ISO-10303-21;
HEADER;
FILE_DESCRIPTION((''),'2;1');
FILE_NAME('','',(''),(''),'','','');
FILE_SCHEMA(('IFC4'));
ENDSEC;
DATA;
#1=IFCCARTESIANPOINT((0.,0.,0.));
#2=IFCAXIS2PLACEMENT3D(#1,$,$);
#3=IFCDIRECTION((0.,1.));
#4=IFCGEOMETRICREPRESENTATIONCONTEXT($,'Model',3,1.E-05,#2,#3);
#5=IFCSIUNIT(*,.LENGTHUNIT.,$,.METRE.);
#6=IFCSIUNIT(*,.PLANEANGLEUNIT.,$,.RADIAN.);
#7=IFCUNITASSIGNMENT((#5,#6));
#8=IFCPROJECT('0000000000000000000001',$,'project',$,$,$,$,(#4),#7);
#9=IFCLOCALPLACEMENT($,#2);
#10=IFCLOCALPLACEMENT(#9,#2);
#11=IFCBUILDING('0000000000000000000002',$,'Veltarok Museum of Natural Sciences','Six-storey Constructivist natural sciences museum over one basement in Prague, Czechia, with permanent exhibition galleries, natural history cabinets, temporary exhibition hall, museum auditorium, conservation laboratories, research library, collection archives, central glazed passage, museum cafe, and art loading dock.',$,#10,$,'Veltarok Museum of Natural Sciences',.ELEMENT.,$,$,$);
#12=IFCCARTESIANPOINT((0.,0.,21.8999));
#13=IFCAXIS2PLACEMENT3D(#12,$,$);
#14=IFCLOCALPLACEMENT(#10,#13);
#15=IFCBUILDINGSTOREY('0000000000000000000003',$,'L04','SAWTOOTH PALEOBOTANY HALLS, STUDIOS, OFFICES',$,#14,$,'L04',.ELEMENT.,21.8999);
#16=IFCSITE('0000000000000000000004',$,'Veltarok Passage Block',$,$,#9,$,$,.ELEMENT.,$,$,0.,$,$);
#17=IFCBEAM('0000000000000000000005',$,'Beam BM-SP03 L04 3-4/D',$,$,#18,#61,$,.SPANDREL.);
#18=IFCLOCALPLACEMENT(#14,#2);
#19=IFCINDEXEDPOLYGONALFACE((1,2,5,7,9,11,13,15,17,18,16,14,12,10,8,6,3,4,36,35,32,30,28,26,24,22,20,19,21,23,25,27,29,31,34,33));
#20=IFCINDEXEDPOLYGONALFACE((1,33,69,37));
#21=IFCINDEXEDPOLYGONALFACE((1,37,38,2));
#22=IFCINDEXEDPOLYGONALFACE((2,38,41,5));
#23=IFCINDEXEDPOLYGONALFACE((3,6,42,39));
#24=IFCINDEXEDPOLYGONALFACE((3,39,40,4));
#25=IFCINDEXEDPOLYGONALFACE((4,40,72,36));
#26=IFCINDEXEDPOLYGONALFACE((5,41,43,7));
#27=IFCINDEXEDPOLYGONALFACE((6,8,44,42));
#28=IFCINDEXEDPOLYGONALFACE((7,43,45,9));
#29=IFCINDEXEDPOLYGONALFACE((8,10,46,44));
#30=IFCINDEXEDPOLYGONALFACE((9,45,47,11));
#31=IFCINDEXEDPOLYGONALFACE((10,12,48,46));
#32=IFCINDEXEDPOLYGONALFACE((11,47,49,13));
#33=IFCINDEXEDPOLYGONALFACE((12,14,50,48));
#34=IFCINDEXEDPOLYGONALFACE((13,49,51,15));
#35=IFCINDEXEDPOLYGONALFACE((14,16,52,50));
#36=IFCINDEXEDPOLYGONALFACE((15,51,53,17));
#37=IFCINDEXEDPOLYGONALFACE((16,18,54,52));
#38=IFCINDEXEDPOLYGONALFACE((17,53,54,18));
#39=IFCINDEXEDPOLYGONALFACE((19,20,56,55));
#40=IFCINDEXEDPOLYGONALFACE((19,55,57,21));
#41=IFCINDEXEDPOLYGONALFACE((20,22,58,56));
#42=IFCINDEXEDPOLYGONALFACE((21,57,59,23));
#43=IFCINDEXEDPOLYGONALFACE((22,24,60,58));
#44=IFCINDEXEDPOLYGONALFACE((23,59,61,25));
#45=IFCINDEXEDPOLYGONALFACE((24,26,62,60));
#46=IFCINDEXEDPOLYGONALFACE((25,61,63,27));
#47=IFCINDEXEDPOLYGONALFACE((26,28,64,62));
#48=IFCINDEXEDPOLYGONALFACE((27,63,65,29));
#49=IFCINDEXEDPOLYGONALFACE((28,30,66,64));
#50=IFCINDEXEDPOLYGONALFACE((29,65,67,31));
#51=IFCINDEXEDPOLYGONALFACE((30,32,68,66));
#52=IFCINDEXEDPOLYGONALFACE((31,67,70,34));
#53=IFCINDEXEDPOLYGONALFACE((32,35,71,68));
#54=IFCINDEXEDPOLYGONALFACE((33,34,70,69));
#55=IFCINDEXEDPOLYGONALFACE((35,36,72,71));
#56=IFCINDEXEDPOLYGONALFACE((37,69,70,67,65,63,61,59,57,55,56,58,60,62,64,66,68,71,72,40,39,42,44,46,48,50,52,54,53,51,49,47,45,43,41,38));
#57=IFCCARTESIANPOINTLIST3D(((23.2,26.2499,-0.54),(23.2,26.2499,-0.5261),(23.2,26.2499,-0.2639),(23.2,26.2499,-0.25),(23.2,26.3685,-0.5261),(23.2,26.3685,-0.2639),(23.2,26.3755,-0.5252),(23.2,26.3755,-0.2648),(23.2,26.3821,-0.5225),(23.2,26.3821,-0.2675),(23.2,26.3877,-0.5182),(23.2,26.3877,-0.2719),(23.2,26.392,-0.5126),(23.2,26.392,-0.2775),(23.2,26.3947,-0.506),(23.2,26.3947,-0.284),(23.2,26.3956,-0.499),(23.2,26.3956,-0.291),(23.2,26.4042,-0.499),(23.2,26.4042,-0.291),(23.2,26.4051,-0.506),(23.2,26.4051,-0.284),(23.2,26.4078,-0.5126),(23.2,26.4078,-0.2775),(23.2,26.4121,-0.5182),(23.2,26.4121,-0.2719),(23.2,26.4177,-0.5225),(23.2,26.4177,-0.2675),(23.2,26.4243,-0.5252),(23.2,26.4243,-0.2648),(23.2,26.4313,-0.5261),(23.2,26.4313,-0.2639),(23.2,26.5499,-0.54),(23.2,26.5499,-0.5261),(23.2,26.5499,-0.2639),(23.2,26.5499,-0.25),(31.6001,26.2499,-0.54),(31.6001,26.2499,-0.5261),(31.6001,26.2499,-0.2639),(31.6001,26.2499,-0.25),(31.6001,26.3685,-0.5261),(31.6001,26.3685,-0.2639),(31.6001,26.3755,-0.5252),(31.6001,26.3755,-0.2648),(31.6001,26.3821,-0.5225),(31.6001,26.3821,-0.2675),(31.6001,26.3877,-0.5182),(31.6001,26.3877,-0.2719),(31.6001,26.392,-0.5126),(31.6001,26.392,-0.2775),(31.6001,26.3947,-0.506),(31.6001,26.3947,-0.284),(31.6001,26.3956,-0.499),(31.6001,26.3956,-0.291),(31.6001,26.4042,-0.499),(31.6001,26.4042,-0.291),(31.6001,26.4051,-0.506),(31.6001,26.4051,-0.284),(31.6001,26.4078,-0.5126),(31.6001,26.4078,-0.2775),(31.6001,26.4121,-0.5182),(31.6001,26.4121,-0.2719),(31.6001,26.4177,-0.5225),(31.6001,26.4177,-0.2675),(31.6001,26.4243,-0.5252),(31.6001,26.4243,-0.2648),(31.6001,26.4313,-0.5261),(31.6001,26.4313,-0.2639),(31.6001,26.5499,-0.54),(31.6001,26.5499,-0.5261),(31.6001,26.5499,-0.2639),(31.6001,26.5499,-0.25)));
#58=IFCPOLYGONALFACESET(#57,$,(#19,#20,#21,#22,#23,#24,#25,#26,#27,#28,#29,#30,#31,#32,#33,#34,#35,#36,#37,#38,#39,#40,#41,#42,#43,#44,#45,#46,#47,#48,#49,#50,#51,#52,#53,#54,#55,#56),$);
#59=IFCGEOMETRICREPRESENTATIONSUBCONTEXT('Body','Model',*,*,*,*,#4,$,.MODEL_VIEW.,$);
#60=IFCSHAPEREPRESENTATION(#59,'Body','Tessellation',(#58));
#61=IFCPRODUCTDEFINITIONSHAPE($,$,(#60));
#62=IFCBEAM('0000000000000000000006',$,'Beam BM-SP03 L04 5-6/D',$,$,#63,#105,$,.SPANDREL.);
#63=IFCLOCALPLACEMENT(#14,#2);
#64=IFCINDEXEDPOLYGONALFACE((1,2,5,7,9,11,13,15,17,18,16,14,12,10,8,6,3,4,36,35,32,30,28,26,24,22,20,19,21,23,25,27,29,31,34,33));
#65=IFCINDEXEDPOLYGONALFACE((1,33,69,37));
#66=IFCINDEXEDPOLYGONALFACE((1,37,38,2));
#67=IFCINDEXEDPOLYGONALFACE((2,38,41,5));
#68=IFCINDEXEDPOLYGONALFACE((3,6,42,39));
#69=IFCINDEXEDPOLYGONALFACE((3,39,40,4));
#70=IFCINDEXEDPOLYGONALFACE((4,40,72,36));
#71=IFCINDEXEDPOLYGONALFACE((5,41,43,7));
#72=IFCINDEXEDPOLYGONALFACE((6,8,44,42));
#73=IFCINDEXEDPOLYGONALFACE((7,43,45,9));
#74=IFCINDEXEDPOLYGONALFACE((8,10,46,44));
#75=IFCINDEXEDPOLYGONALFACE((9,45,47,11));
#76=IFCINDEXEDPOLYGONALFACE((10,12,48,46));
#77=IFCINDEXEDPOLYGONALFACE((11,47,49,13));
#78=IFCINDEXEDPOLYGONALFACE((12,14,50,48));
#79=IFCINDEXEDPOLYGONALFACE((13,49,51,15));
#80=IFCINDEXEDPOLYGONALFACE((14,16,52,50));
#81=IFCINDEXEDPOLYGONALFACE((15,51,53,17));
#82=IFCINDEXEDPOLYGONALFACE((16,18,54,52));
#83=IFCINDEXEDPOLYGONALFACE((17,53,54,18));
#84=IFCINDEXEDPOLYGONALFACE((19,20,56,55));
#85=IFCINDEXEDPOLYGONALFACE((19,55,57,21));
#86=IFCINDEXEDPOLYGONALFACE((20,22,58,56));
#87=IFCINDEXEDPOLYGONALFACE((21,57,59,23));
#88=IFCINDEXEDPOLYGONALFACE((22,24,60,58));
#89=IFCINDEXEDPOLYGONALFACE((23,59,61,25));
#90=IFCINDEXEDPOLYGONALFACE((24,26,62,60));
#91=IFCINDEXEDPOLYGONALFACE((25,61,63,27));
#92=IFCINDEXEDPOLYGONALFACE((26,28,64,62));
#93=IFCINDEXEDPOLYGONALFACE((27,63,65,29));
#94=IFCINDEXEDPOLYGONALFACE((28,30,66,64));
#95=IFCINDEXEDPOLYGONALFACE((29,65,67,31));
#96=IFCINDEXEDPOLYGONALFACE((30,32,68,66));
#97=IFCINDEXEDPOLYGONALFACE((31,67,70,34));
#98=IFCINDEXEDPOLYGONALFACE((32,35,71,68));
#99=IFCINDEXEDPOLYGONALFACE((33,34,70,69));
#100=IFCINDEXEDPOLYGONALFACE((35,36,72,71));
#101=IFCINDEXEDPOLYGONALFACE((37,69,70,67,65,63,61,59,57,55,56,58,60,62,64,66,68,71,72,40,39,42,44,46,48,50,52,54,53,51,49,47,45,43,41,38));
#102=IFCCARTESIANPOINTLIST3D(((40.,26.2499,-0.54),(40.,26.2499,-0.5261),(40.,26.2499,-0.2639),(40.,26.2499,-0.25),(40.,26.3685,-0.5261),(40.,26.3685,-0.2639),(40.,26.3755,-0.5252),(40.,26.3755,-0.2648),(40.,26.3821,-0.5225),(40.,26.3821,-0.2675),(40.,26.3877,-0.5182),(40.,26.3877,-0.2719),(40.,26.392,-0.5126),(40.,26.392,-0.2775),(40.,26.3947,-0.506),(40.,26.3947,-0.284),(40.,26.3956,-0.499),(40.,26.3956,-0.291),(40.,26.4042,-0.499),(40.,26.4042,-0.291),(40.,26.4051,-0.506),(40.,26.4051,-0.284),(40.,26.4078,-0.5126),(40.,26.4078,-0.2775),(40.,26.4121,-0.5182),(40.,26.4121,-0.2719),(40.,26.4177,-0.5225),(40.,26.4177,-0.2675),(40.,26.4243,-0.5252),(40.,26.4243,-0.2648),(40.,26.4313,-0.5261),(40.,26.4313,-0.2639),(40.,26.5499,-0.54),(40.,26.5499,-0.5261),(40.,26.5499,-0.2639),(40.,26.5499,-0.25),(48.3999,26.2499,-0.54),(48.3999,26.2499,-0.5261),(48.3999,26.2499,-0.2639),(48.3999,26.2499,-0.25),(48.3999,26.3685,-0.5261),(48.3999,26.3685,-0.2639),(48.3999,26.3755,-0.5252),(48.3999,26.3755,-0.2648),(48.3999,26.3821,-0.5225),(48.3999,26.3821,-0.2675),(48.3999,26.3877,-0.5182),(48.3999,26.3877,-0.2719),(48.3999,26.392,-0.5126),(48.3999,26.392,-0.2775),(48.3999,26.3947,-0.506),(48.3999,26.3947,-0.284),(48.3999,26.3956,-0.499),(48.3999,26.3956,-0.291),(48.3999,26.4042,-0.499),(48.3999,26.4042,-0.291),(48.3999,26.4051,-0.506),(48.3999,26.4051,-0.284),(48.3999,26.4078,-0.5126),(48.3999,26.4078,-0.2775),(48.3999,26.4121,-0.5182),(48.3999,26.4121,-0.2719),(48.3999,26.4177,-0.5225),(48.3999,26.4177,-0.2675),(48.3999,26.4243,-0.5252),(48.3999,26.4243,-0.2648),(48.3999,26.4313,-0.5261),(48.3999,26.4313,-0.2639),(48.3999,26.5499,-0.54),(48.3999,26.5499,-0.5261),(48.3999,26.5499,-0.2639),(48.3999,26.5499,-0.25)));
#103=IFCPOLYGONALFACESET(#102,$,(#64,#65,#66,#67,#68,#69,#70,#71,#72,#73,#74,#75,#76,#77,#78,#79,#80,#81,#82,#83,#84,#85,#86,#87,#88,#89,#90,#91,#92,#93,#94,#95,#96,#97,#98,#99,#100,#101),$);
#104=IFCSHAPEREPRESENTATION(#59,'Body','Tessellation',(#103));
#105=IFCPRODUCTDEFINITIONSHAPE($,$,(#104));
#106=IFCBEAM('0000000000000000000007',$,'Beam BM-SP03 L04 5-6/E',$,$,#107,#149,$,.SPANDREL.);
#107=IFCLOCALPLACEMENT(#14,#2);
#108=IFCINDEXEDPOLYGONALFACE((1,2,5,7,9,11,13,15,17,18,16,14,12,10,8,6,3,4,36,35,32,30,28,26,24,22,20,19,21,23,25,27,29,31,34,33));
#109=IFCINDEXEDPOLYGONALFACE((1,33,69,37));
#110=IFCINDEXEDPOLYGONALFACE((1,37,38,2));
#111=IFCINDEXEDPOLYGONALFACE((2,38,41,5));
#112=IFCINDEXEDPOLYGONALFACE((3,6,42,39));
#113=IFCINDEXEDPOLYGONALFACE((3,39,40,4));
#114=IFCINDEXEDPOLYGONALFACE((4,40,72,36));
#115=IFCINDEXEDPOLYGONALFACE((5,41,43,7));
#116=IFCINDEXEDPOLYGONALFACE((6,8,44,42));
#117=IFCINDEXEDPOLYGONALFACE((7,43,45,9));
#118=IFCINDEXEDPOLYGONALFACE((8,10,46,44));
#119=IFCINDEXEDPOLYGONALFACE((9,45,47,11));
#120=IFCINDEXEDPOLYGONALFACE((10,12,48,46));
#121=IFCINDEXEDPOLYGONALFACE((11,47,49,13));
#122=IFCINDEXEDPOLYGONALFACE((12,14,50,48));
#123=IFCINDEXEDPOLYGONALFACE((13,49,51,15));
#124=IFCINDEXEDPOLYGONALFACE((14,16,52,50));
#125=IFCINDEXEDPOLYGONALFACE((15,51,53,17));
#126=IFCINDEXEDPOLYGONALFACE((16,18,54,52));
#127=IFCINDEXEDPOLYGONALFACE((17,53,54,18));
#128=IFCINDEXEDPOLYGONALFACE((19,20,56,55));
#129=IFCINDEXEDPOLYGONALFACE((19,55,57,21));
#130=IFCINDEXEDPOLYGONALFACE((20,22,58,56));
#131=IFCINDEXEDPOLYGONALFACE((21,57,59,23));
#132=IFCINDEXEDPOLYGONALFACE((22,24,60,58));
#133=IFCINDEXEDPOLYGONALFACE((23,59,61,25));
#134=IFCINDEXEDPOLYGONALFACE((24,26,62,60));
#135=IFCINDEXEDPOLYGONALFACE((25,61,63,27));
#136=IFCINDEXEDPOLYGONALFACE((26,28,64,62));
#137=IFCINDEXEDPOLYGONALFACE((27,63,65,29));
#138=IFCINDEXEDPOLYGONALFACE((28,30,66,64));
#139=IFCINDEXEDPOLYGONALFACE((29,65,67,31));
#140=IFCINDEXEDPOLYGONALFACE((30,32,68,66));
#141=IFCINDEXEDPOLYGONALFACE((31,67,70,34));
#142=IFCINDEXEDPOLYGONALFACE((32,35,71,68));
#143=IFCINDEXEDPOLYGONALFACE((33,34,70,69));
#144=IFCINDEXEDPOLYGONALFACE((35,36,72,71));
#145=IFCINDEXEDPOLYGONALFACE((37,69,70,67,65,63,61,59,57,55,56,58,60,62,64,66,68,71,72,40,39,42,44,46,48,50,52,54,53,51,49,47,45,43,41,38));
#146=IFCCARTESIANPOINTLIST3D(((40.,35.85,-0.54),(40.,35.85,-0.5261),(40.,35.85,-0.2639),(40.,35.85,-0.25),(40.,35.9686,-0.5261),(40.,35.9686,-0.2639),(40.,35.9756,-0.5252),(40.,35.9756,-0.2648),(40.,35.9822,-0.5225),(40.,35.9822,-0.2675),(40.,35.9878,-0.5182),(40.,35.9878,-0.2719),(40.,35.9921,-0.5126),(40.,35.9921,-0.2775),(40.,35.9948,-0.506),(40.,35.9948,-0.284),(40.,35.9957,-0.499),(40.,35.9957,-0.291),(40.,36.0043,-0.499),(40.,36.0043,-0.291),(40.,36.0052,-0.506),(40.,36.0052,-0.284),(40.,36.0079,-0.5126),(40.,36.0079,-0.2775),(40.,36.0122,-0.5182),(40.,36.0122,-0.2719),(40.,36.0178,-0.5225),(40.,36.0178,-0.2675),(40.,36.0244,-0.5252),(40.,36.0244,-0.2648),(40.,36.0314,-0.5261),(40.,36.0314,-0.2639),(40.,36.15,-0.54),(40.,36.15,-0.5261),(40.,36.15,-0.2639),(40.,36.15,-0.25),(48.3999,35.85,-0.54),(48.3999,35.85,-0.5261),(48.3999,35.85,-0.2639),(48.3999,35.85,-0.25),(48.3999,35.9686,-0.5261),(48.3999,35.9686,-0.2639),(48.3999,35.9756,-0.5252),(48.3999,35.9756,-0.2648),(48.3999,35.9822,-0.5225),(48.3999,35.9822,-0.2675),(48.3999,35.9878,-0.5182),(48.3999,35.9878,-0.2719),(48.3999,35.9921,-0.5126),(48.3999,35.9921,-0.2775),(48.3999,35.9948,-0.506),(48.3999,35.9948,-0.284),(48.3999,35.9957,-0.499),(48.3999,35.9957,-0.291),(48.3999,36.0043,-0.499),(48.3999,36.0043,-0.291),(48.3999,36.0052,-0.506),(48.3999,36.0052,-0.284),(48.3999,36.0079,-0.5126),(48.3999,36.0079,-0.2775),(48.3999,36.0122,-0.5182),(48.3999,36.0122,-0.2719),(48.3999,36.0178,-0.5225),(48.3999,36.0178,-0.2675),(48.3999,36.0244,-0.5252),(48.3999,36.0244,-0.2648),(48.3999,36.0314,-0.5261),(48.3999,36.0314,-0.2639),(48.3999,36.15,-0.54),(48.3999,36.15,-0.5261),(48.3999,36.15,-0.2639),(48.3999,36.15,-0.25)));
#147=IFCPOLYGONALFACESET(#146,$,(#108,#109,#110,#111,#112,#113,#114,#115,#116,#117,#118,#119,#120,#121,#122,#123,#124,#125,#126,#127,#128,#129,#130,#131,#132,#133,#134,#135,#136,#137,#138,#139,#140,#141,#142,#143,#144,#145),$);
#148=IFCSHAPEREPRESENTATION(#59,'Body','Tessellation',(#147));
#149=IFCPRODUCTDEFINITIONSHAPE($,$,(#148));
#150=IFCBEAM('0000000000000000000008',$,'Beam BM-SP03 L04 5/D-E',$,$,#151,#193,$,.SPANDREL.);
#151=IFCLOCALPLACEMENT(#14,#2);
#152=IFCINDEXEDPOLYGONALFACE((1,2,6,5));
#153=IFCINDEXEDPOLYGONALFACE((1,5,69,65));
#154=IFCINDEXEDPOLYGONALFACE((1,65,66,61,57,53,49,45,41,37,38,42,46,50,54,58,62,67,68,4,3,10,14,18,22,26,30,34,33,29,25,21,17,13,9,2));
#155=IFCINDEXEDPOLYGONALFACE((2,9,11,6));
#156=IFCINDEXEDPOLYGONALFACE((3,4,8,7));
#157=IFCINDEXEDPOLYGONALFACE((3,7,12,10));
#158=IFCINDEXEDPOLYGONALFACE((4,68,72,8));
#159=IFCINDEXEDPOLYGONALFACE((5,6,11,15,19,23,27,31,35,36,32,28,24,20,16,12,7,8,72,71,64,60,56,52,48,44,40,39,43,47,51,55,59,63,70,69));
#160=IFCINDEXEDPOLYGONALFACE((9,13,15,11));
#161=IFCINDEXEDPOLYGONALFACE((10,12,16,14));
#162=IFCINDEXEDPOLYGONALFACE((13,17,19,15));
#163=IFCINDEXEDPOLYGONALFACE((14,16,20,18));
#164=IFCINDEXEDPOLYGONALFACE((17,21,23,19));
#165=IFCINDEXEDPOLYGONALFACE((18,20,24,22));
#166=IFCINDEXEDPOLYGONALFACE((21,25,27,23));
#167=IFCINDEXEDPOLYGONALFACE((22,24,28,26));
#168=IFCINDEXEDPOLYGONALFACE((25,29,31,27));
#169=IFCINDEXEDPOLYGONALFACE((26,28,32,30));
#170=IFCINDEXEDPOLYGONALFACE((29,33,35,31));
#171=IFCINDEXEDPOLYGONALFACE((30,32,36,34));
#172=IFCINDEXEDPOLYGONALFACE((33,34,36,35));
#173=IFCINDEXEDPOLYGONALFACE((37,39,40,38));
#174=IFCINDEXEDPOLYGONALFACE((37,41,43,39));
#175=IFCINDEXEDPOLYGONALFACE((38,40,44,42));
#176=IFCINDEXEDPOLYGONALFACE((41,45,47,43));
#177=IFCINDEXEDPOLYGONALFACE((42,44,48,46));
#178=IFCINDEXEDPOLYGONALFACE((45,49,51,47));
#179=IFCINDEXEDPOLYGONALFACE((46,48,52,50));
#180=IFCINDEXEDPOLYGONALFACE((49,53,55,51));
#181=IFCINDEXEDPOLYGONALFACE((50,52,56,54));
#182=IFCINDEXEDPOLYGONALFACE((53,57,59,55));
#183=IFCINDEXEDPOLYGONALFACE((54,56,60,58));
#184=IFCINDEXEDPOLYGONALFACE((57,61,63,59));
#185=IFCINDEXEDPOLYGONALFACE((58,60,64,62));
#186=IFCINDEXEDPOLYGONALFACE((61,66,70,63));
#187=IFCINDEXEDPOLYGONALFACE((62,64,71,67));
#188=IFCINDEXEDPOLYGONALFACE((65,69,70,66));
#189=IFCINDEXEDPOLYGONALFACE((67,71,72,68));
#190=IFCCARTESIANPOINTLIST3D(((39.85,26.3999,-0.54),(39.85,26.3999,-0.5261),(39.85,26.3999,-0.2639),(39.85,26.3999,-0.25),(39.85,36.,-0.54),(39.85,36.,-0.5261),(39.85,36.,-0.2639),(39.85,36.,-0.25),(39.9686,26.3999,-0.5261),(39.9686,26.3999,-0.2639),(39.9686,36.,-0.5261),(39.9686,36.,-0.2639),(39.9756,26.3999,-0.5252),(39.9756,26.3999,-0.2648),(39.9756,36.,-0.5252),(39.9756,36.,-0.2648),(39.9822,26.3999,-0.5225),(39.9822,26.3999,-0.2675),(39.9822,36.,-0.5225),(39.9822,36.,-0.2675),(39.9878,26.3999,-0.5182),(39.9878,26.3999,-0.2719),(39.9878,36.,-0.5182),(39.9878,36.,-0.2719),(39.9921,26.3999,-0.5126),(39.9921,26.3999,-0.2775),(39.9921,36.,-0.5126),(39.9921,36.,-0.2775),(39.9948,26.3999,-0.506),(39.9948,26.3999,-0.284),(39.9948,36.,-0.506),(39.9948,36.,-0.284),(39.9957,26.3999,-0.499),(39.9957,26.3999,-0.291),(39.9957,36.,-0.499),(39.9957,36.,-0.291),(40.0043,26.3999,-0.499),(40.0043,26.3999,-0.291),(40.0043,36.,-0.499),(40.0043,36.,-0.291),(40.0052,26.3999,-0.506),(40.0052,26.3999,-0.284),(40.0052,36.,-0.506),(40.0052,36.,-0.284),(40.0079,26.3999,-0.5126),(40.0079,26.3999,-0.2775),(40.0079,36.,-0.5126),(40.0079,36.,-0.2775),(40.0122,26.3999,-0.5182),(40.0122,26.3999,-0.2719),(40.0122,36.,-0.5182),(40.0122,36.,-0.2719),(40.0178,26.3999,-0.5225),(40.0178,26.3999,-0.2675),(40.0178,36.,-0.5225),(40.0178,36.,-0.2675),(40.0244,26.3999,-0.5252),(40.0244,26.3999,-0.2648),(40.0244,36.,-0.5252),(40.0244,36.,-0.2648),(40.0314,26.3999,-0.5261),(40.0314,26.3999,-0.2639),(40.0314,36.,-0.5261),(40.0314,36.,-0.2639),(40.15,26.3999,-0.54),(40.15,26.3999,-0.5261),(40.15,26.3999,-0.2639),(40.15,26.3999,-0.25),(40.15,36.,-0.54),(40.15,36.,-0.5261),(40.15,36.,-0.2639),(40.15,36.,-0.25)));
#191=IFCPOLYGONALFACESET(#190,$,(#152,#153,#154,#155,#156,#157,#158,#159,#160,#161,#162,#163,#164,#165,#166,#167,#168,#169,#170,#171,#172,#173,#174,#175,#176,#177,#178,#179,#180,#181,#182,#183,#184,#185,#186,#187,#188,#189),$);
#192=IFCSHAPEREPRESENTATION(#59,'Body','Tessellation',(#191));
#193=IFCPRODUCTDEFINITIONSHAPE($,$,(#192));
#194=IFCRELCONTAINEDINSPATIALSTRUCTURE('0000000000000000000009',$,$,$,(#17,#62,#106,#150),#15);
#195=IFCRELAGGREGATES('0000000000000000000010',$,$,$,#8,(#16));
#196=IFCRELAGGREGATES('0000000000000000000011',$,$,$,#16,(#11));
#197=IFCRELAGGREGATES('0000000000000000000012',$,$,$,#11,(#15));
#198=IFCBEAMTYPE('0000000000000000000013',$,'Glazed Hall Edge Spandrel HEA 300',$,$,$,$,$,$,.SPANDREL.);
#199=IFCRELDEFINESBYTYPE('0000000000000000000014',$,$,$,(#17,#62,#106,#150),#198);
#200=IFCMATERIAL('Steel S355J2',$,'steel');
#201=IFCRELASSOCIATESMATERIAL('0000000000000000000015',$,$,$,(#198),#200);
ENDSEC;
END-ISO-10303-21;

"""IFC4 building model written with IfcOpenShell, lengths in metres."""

from ifc_helpers import new_model, si_unit, direction, frame, origin, origin_2d, place, context, subcontext, project, spatial, i_section, extrude, material, material_profile, profile_set, type_object, element, save


model = new_model("IFC4")

# Units and contexts
model_context = context("Model", 3, precision=1e-05, world=origin(), true_north=direction((0.0, 1.0)))
body_context = subcontext(model_context, "Body", "Model", "MODEL_VIEW")
ifc_project = project(units=[si_unit("LENGTHUNIT", "METRE"), si_unit("PLANEANGLEUNIT", "RADIAN")], contexts=[model_context])

# Site, building, storey
site_placement = place(None, origin())
site = spatial("IfcSite", under=ifc_project, at=site_placement, Name="Veltarok Passage Block", CompositionType="ELEMENT", RefElevation=0.0)
building_placement = place(site_placement, origin())
building = spatial("IfcBuilding", under=site, at=building_placement, Name="Veltarok Museum of Natural Sciences", Description="Six-storey Constructivist natural sciences museum over one basement in Prague, Czechia, with permanent exhibition galleries, natural history cabinets, temporary exhibition hall, museum auditorium, conservation laboratories, research library, collection archives, central glazed passage, museum cafe, and art loading dock.", LongName="Veltarok Museum of Natural Sciences", CompositionType="ELEMENT")
storey_placement = place(building_placement, frame((0.0, 0.0, 21.8999)))
storey = spatial("IfcBuildingStorey", under=building, at=storey_placement, Name="L04", Description="SAWTOOTH PALEOBOTANY HALLS, STUDIOS, OFFICES", LongName="L04", CompositionType="ELEMENT", Elevation=21.8999)

# Shared definitions
ifc_material_1 = material(Name="Steel S355J2", Category="steel")

# Beams
ifc_material_profile_1 = material_profile(ifc_material_1, i_section(OverallWidth=0.3, OverallDepth=0.29, WebThickness=0.0085, FlangeThickness=0.0139, FilletRadius=0.0271, at=origin_2d()), Name="HEA 300")
ifc_profile_set_1 = profile_set([ifc_material_profile_1], Name="Steel S355J2")
beam_type_1 = type_object("IfcBeamType", Name="Glazed Hall Edge Spandrel HEA 300", PredefinedType="SPANDREL", material=ifc_profile_set_1)
beam_1_placement = place(storey_placement, frame((23.2, 26.3999, -0.395), z_axis=(1.0, 0.0, 0.0), x_axis=(0.0, 1.0, 0.0)))
element("IfcBeam", 1, at=beam_1_placement, inside=storey, type_object=beam_type_1, Name="Beam BM-SP03 L04 3-4/D", PredefinedType="SPANDREL", context=body_context, shape_type="SweptSolid", body=[
    extrude(i_section(OverallWidth=0.3, OverallDepth=0.29, WebThickness=0.0085, FlangeThickness=0.0139, FilletRadius=0.0271, at=origin_2d()), origin(), (0.0, 0.0, 1.0), 8.4001),
])
for number, where, z_axis, x_axis, name in (
    (2, (40.0, 26.3999, -0.395), (1.0, 0.0, 0.0), (0.0, 1.0, 0.0), "Beam BM-SP03 L04 5-6/D"),
    (3, (40.0, 36.0, -0.395), (1.0, 0.0, 0.0), (0.0, 1.0, 0.0), "Beam BM-SP03 L04 5-6/E"),
):
    element("IfcBeam", number, at=place(storey_placement, frame(where, z_axis=z_axis, x_axis=x_axis)), inside=storey, type_object=beam_type_1, Name=name, PredefinedType="SPANDREL", context=body_context, shape_type="SweptSolid", body=[
        extrude(i_section(OverallWidth=0.3, OverallDepth=0.29, WebThickness=0.0085, FlangeThickness=0.0139, FilletRadius=0.0271, at=origin_2d()), origin(), (0.0, 0.0, 1.0), 8.3999),
    ])
beam_2_placement = place(storey_placement, frame((40.0, 26.3999, -0.395), z_axis=(0.0, 1.0, 0.0), x_axis=(-1.0, 0.0, 0.0)))
element("IfcBeam", 4, at=beam_2_placement, inside=storey, type_object=beam_type_1, Name="Beam BM-SP03 L04 5/D-E", PredefinedType="SPANDREL", context=body_context, shape_type="SweptSolid", body=[
    extrude(i_section(OverallWidth=0.3, OverallDepth=0.29, WebThickness=0.0085, FlangeThickness=0.0139, FilletRadius=0.0271, at=origin_2d()), origin(), (0.0, 0.0, 1.0), 9.6001),
])

save(model, "model.ifc")
